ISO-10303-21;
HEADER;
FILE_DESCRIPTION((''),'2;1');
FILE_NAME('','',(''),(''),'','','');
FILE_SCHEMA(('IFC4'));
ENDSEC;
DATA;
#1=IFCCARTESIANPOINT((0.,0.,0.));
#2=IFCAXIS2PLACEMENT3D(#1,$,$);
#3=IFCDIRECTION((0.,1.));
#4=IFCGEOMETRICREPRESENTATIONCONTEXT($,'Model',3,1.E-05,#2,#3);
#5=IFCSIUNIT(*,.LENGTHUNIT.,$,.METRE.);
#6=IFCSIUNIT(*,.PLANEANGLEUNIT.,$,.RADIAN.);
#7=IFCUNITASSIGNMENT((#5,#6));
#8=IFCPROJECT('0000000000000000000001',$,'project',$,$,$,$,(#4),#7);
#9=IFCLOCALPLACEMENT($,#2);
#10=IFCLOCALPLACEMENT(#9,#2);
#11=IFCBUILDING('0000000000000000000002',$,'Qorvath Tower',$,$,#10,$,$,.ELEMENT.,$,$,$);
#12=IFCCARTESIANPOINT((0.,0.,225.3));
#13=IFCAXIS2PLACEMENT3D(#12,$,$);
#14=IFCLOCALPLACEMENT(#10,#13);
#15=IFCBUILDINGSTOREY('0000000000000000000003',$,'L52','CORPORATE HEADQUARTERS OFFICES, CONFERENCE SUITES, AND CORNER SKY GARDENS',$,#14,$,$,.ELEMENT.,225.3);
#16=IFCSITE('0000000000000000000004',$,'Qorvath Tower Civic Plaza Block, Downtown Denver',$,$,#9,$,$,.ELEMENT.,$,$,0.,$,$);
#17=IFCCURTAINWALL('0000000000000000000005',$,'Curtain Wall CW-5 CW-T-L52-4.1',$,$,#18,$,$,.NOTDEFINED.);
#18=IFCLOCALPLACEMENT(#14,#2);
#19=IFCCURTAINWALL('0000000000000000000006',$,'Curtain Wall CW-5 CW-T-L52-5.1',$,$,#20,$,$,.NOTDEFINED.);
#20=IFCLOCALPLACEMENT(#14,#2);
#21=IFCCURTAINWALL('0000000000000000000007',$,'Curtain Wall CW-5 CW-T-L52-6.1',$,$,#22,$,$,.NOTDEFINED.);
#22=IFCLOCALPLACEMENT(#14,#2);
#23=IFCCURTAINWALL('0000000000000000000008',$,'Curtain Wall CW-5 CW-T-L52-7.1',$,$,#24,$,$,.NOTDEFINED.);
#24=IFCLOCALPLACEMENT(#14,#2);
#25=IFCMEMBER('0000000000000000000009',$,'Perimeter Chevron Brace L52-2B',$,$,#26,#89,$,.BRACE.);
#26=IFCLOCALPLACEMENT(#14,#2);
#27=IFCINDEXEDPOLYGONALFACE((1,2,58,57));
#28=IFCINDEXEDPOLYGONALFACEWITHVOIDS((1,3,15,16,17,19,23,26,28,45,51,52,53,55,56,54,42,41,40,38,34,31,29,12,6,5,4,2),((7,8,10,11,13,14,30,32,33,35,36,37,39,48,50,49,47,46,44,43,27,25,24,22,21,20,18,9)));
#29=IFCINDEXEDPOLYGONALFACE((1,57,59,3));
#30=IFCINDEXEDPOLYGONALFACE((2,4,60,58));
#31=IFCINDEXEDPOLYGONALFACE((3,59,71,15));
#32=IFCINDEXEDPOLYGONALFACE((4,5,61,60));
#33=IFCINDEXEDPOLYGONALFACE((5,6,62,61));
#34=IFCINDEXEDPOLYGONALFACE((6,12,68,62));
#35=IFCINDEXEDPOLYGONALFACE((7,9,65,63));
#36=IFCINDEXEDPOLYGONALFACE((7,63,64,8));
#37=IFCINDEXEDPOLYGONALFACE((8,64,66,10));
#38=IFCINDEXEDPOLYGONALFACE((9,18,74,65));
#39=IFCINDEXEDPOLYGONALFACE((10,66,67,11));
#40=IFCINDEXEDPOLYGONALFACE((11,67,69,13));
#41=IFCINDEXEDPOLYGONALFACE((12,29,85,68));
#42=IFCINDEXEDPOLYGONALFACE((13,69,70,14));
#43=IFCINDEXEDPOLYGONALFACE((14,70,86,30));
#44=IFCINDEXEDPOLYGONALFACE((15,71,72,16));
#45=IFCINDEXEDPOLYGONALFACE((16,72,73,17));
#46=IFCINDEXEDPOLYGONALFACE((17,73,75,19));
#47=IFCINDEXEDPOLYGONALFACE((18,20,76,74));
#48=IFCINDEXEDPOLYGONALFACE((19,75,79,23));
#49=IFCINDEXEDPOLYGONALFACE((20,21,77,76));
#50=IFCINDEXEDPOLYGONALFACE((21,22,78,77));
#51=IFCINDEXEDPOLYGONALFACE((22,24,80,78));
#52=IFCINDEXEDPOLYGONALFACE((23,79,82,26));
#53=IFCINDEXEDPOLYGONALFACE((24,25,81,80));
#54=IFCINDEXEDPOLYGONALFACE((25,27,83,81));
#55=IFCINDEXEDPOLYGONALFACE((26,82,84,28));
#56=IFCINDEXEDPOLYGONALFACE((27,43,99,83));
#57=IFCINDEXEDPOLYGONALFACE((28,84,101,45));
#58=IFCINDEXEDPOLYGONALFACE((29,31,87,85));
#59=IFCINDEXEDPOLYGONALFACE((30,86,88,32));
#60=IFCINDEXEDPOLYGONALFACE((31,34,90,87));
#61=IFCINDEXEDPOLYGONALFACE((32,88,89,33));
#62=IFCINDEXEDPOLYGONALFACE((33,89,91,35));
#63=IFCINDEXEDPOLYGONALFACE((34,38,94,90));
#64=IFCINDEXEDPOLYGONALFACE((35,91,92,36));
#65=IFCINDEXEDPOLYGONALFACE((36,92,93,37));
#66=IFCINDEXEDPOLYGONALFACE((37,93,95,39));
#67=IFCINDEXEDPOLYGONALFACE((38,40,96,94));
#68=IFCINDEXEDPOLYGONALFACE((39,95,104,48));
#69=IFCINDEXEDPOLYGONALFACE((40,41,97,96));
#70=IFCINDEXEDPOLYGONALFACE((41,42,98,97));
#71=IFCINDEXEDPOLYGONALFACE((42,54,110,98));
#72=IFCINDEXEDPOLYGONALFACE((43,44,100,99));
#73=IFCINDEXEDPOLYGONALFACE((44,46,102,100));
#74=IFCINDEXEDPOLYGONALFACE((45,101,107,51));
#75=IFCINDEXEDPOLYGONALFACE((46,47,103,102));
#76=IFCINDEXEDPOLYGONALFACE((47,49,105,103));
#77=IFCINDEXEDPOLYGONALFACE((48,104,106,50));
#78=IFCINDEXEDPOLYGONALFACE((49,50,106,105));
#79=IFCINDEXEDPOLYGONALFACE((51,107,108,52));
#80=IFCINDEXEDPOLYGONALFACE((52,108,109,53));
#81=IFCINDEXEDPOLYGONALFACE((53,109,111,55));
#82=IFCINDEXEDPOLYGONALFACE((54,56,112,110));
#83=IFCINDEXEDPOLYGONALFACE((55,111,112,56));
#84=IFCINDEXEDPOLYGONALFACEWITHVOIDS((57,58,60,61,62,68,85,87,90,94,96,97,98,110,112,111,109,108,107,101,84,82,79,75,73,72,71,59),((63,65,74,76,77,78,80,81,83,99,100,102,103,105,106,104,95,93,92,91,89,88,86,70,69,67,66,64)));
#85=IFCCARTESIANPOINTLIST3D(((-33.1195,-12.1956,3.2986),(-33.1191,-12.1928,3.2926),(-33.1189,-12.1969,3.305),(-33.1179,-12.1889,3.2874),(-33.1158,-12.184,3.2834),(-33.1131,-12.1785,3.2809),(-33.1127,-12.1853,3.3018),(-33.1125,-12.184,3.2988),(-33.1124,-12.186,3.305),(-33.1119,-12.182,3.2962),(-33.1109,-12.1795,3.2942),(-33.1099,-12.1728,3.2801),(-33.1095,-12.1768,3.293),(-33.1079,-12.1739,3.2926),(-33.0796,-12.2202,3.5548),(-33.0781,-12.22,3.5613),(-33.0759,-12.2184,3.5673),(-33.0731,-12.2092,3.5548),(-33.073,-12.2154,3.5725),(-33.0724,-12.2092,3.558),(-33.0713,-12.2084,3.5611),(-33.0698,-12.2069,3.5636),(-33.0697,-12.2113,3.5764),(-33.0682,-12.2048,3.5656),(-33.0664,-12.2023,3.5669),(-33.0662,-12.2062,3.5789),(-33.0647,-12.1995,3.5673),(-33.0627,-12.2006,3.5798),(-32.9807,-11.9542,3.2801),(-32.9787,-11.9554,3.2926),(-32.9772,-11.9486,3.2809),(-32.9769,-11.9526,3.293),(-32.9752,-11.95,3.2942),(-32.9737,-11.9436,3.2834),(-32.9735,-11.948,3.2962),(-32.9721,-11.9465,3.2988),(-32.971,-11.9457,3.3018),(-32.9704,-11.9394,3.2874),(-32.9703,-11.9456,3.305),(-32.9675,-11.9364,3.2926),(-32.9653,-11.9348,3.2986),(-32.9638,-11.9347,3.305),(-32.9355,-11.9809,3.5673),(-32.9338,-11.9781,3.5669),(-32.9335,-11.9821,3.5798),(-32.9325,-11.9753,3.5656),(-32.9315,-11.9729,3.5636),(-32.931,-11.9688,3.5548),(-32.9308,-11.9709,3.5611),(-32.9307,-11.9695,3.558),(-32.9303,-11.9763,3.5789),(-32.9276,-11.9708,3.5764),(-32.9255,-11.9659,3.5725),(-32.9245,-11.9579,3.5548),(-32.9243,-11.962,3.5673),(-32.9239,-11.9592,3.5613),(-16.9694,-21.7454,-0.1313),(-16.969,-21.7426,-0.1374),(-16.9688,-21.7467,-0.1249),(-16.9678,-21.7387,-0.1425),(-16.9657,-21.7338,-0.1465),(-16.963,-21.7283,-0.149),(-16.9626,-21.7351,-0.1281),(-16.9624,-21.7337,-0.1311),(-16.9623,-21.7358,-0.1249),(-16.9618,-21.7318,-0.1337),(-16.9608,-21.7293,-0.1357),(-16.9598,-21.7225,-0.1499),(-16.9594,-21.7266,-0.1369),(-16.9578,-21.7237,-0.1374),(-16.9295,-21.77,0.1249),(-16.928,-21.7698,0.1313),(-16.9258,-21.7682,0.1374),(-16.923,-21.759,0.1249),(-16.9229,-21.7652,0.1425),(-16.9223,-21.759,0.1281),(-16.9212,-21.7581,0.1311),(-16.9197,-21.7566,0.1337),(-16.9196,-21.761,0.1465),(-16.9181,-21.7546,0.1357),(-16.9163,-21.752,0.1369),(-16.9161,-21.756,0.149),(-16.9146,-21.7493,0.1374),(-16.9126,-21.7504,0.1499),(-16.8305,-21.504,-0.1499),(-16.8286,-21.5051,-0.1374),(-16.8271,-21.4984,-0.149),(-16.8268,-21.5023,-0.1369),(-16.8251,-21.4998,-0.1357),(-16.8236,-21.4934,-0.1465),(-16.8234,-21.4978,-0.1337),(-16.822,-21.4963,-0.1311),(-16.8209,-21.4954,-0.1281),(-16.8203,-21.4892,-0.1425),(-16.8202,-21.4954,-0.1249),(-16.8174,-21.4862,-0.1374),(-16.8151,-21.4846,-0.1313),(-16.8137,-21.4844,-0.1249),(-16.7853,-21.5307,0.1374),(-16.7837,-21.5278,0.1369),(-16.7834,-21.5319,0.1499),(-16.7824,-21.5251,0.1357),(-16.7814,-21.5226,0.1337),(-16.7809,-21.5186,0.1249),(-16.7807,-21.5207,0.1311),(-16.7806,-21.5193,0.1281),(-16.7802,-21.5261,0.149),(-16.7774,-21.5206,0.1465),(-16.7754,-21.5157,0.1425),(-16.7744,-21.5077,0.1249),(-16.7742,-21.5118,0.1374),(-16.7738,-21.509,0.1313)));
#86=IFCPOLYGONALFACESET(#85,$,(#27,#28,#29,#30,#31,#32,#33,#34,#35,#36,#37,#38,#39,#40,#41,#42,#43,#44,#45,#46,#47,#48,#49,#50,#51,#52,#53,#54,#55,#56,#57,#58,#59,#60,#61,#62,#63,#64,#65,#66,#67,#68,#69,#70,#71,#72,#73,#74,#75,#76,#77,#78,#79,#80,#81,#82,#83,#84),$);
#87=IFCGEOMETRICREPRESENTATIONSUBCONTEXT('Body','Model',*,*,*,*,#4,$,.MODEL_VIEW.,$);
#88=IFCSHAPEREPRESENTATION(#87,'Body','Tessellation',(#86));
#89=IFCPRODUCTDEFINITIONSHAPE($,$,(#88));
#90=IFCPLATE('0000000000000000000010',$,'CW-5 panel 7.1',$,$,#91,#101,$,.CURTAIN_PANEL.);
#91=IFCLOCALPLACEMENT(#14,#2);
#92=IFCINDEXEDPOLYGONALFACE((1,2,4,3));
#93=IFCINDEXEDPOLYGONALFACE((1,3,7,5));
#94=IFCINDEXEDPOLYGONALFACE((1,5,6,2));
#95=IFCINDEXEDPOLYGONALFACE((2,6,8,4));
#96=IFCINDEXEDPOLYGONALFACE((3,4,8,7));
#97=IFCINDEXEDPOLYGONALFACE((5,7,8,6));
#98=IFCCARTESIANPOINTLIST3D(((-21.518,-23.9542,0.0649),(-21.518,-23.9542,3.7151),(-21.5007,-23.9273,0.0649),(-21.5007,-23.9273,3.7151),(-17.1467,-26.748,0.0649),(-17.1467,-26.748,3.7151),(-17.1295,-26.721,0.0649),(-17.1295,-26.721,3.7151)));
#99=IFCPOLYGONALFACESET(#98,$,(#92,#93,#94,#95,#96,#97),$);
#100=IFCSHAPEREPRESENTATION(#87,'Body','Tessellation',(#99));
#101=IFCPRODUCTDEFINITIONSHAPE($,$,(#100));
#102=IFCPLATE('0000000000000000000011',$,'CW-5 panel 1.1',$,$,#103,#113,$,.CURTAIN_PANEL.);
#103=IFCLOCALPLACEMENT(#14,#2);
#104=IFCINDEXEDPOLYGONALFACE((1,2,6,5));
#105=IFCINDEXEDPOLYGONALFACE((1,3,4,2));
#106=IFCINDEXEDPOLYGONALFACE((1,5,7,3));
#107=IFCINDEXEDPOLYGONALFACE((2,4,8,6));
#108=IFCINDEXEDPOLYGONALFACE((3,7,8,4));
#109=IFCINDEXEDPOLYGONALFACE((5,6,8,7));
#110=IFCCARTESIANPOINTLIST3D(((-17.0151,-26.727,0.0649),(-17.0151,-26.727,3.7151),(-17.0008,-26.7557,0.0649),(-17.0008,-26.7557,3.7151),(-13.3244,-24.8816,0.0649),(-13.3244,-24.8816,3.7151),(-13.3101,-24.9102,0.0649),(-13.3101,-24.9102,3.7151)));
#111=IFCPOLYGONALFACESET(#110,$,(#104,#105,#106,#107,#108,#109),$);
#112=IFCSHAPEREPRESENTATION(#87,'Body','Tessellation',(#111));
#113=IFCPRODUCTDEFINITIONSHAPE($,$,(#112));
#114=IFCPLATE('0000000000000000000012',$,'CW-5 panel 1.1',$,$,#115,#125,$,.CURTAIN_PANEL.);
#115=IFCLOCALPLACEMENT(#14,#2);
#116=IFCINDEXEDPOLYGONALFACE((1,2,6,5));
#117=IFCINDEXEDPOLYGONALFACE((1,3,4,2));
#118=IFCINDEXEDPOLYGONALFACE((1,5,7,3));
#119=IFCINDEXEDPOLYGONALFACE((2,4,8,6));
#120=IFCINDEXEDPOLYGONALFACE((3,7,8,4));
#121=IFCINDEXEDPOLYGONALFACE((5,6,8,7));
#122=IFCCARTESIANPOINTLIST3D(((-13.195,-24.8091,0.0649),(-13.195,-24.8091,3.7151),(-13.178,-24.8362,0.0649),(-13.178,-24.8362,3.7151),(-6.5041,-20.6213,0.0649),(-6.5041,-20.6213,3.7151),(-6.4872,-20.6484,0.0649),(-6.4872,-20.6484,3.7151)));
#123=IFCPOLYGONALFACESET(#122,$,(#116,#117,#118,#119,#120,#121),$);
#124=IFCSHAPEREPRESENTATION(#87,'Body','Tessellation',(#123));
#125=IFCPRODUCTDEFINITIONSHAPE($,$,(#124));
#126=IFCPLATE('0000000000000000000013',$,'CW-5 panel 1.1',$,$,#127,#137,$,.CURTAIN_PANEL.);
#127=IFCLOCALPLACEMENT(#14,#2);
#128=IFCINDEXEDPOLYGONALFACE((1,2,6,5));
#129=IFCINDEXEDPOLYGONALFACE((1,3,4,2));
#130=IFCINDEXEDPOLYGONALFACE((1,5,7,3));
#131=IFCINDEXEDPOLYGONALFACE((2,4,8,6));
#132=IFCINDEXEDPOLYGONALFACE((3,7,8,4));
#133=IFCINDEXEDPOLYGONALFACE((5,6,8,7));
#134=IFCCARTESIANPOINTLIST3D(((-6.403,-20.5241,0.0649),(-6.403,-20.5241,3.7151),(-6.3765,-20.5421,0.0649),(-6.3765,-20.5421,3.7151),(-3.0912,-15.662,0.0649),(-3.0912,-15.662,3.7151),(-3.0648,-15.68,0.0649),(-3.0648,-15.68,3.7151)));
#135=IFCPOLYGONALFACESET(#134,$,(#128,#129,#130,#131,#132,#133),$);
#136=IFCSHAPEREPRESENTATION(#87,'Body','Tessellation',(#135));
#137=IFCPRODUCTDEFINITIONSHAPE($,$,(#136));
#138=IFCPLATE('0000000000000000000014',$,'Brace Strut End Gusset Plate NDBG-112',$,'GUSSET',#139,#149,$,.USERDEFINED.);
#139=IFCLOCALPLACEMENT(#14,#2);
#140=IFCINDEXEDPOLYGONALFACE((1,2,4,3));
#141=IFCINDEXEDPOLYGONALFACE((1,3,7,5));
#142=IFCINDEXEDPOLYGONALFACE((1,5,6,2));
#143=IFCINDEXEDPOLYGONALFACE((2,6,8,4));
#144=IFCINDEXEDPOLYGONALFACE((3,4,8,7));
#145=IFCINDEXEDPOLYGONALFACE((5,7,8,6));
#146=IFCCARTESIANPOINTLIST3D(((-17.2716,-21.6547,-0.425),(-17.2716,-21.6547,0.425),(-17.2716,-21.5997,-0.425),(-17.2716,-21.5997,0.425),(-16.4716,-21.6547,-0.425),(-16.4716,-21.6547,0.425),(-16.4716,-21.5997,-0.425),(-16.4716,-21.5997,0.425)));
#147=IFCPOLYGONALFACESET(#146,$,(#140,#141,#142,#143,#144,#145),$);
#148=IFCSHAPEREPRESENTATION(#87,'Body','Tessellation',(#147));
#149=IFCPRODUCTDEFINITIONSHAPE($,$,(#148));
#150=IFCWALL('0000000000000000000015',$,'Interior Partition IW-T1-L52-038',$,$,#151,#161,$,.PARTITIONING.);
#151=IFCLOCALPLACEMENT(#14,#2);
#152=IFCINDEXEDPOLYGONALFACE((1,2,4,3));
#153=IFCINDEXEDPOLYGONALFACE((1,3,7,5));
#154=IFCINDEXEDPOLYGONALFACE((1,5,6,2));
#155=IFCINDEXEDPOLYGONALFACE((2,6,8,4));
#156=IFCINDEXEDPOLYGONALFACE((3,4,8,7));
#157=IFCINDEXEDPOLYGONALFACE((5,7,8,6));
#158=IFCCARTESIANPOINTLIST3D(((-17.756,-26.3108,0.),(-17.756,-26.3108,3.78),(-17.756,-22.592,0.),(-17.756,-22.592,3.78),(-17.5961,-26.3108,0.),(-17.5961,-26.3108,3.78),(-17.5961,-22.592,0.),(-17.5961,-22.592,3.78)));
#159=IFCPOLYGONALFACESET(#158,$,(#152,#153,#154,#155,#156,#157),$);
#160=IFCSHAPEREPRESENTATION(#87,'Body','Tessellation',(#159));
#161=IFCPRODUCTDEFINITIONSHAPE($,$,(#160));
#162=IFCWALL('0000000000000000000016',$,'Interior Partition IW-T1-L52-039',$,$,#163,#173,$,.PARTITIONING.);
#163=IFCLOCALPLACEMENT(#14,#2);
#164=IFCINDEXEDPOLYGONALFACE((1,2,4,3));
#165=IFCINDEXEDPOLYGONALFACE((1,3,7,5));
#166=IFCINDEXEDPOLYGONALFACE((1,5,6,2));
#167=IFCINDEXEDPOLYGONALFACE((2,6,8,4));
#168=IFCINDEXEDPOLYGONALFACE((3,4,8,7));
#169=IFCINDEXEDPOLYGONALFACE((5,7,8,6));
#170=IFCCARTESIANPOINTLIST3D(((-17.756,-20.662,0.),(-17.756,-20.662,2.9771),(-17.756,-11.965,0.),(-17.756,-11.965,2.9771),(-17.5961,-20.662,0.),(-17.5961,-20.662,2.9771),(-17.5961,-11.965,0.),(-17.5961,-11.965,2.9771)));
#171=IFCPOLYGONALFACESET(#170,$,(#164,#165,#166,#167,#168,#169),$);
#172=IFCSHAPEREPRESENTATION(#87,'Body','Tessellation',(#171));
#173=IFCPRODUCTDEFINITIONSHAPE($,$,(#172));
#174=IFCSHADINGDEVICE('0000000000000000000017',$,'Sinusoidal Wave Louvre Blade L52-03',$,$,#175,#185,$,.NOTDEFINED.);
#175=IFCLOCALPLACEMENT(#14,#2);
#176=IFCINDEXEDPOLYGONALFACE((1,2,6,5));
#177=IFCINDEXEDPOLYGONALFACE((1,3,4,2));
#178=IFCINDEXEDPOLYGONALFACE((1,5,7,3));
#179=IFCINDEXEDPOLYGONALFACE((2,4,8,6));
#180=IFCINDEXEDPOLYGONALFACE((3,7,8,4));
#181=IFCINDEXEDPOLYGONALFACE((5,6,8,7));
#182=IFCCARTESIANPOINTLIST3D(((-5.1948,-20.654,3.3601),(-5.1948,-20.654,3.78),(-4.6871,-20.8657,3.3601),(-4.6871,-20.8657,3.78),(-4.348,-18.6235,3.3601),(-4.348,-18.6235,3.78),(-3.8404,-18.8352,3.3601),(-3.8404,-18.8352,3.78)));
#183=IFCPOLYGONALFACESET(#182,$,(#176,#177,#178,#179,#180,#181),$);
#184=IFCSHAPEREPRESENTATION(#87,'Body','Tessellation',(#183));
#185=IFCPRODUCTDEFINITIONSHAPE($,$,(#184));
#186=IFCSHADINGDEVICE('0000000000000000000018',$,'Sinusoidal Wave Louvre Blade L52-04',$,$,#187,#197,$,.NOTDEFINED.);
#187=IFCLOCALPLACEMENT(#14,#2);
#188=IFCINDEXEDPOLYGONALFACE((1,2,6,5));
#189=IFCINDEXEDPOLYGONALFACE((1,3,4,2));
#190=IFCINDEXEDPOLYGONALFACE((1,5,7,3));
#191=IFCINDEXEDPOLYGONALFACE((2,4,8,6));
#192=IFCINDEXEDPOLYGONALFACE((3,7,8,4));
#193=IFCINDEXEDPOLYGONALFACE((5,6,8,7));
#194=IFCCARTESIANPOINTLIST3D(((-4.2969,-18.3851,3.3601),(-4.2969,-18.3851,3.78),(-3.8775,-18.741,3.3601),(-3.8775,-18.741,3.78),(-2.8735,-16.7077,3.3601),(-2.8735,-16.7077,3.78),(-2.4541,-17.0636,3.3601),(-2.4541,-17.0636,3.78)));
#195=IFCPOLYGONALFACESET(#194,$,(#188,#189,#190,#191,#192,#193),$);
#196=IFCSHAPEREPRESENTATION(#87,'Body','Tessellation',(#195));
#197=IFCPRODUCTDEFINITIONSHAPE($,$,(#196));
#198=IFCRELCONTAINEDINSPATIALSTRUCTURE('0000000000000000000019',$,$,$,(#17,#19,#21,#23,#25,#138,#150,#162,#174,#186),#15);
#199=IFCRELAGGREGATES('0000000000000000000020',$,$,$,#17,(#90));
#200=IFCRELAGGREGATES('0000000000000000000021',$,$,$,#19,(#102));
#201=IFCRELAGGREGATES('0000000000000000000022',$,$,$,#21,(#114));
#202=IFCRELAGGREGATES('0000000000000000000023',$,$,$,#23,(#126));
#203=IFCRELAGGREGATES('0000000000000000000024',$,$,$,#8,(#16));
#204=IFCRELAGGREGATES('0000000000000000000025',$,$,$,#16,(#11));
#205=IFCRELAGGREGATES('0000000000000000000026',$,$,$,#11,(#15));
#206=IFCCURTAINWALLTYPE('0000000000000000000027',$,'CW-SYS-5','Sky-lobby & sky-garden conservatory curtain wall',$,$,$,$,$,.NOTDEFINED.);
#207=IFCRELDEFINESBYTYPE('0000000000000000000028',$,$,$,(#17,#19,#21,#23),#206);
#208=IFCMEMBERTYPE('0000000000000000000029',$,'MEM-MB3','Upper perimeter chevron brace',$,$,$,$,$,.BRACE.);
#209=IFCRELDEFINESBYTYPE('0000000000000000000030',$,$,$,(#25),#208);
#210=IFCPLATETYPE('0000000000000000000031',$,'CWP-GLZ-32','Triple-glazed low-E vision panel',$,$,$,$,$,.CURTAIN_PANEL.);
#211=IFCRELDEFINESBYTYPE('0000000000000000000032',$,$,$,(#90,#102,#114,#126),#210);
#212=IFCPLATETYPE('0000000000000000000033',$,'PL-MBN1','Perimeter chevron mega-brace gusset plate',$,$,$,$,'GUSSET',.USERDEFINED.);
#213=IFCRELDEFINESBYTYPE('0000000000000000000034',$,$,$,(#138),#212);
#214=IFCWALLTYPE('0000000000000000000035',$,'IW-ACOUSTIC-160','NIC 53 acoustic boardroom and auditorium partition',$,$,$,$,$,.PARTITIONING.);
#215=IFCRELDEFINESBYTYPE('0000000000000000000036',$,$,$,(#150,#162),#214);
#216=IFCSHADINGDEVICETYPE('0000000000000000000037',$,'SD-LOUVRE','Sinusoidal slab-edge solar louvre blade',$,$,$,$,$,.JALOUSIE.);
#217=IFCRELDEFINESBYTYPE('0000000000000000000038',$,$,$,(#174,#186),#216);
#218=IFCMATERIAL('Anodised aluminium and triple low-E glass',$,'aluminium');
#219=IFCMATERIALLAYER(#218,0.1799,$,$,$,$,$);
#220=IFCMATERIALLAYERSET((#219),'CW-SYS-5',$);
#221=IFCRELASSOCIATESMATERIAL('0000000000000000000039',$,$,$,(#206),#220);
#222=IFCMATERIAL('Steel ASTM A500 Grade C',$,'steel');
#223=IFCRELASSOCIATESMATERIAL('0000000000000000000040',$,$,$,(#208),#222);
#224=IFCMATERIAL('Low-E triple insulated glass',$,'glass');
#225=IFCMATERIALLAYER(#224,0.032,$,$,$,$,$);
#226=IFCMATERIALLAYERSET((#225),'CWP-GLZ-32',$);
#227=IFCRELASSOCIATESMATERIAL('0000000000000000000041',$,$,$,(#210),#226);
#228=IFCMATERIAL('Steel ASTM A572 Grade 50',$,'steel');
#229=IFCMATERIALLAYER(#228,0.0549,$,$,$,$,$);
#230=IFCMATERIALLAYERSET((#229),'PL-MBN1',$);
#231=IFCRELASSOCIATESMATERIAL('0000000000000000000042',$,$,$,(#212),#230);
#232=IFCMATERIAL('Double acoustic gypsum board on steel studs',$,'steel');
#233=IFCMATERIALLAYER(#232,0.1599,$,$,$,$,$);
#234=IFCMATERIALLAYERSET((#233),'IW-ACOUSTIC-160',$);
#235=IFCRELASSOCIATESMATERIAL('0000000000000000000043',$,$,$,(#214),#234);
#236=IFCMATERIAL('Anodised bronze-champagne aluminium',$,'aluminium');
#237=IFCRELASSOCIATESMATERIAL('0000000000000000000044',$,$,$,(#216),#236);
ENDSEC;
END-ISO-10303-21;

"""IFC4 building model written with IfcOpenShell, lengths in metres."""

from ifc_helpers import new_model, si_unit, direction, frame, frame_2d, origin, origin_2d, place, context, subcontext, project, spatial, rectangle, hollow_rectangle, extrude, material, layer, layer_set, material_profile, profile_set, type_object, element, aggregate, save


model = new_model("IFC4")

# Units and contexts
model_context = context("Model", 3, precision=1e-05, world=origin(), true_north=direction((0.0, 1.0)))
body_context = subcontext(model_context, "Body", "Model", "MODEL_VIEW")
ifc_project = project(units=[si_unit("LENGTHUNIT", "METRE"), si_unit("PLANEANGLEUNIT", "RADIAN")], contexts=[model_context])

# Site, building, storey
site_placement = place(None, origin())
site = spatial("IfcSite", under=ifc_project, at=site_placement, Name="Qorvath Tower Civic Plaza Block, Downtown Denver", CompositionType="ELEMENT", RefElevation=0.0)
building_placement = place(site_placement, origin())
building = spatial("IfcBuilding", under=site, at=building_placement, Name="Qorvath Tower", CompositionType="ELEMENT")
storey_placement = place(building_placement, frame((0.0, 0.0, 225.3)))
storey = spatial("IfcBuildingStorey", under=building, at=storey_placement, Name="L52", Description="CORPORATE HEADQUARTERS OFFICES, CONFERENCE SUITES, AND CORNER SKY GARDENS", CompositionType="ELEMENT", Elevation=225.3)

# Curtain wall
ifc_material_1 = material(Name="Anodised aluminium and triple low-E glass", Category="aluminium")
ifc_layer_1 = layer(ifc_material_1, 0.1799)
ifc_layer_set_1 = layer_set([ifc_layer_1], Name="CW-SYS-5")
curtain_wall_type = type_object("IfcCurtainWallType", Name="CW-SYS-5", Description="Sky-lobby & sky-garden conservatory curtain wall", PredefinedType="NOTDEFINED", material=ifc_layer_set_1)
curtain_wall_1_placement = place(storey_placement, origin())
curtain_wall_1 = element("IfcCurtainWall", 1, at=curtain_wall_1_placement, inside=storey, type_object=curtain_wall_type, Name="Curtain Wall CW-5 CW-T-L52-4.1", PredefinedType="NOTDEFINED")

# Curtain walls
curtain_wall_2_placement = place(storey_placement, origin())
curtain_wall_2 = element("IfcCurtainWall", 2, at=curtain_wall_2_placement, inside=storey, type_object=curtain_wall_type, Name="Curtain Wall CW-5 CW-T-L52-5.1", PredefinedType="NOTDEFINED")
curtain_wall_3_placement = place(storey_placement, origin())
curtain_wall_3 = element("IfcCurtainWall", 3, at=curtain_wall_3_placement, inside=storey, type_object=curtain_wall_type, Name="Curtain Wall CW-5 CW-T-L52-6.1", PredefinedType="NOTDEFINED")

# Curtain wall
curtain_wall_4_placement = place(storey_placement, origin())
curtain_wall_4 = element("IfcCurtainWall", 4, at=curtain_wall_4_placement, inside=storey, type_object=curtain_wall_type, Name="Curtain Wall CW-5 CW-T-L52-7.1", PredefinedType="NOTDEFINED")

# Member
ifc_material_2 = material(Name="Steel ASTM A500 Grade C", Category="steel")
ifc_material_profile_1 = material_profile(ifc_material_2, hollow_rectangle(XDim=0.3047, YDim=0.3047, WallThickness=0.0127, InnerFilletRadius=0.0127, OuterFilletRadius=0.0254, at=origin_2d()), Name="HSS 305x305x12.7")
ifc_profile_set_1 = profile_set([ifc_material_profile_1], Name="Steel ASTM A500 Grade C")
member_type_1 = type_object("IfcMemberType", Name="MEM-MB3", Description="Upper perimeter chevron brace", PredefinedType="BRACE", material=ifc_profile_set_1)
member_1_placement = place(storey_placement, frame((-16.8716, -21.6272, 0.0), z_axis=(-0.846741, 0.50069, 0.179829), x_axis=(-0.508988, -0.860774, 0.0)))
element("IfcMember", 5, at=member_1_placement, inside=storey, type_object=member_type_1, Name="Perimeter Chevron Brace L52-2B", PredefinedType="BRACE", context=body_context, shape_type="SweptSolid", body=[
    extrude(hollow_rectangle(XDim=0.3047, YDim=0.3047, WallThickness=0.0127, InnerFilletRadius=0.0127, OuterFilletRadius=0.0254, at=origin_2d()), origin(), (0.0, 0.0, 1.0), 19.0732),
])

# Plates
ifc_material_3 = material(Name="Low-E triple insulated glass", Category="glass")
ifc_layer_2 = layer(ifc_material_3, 0.032)
ifc_layer_set_2 = layer_set([ifc_layer_2], Name="CWP-GLZ-32")
plate_type_1 = type_object("IfcPlateType", Name="CWP-GLZ-32", Description="Triple-glazed low-E vision panel", PredefinedType="CURTAIN_PANEL", material=ifc_layer_set_2)
plate_1_placement = place(storey_placement, frame((-19.3237, -25.3376, 0.0649), z_axis=(0.0, 0.0, 1.0), x_axis=(0.842607, -0.538529, 0.0)))
plate_1 = element("IfcPlate", 6, at=plate_1_placement, type_object=plate_type_1, Name="CW-5 panel 7.1", PredefinedType="CURTAIN_PANEL", context=body_context, shape_type="SweptSolid", body=[
    extrude(rectangle(XDim=5.1877, YDim=0.032, at=origin_2d()), origin(), (0.0, 0.0, 1.0), 3.6501),
])
aggregate(curtain_wall_1, [plate_1])
plate_2_placement = place(storey_placement, frame((-15.1626, -25.8186, 0.0649), z_axis=(0.0, 0.0, 1.0), x_axis=(0.894418, 0.447232, 0.0)))
plate_2 = element("IfcPlate", 7, at=plate_2_placement, type_object=plate_type_1, Name="CW-5 panel 1.1", PredefinedType="CURTAIN_PANEL", context=body_context, shape_type="SweptSolid", body=[
    extrude(rectangle(XDim=4.1265, YDim=0.032, at=origin_2d()), origin(), (0.0, 0.0, 1.0), 3.6501),
])
aggregate(curtain_wall_2, [plate_2])
plate_3_placement = place(storey_placement, frame((-9.8411, -22.7288, 0.0649), z_axis=(0.0, 0.0, 1.0), x_axis=(0.847657, 0.530545, 0.0)))
plate_3 = element("IfcPlate", 8, at=plate_3_placement, type_object=plate_type_1, Name="CW-5 panel 1.1", PredefinedType="CURTAIN_PANEL", context=body_context, shape_type="SweptSolid", body=[
    extrude(rectangle(XDim=7.8933, YDim=0.032, at=origin_2d()), origin(), (0.0, 0.0, 1.0), 3.6501),
])
aggregate(curtain_wall_3, [plate_3])
plate_4_placement = place(storey_placement, frame((-4.7339, -18.1021, 0.0649), z_axis=(0.0, 0.0, 1.0), x_axis=(0.56295, 0.826491, 0.0)))
plate_4 = element("IfcPlate", 9, at=plate_4_placement, type_object=plate_type_1, Name="CW-5 panel 1.1", PredefinedType="CURTAIN_PANEL", context=body_context, shape_type="SweptSolid", body=[
    extrude(rectangle(XDim=5.8828, YDim=0.032, at=origin_2d()), origin(), (0.0, 0.0, 1.0), 3.6501),
])
aggregate(curtain_wall_4, [plate_4])
ifc_material_4 = material(Name="Steel ASTM A572 Grade 50", Category="steel")
ifc_layer_3 = layer(ifc_material_4, 0.0549)
ifc_layer_set_3 = layer_set([ifc_layer_3], Name="PL-MBN1")
plate_type_2 = type_object("IfcPlateType", Name="PL-MBN1", Description="Perimeter chevron mega-brace gusset plate", ElementType="GUSSET", PredefinedType="USERDEFINED", material=ifc_layer_set_3)
plate_5_placement = place(storey_placement, frame((-16.8716, -21.6272, -0.425), z_axis=(0.0, 0.0, 1.0), x_axis=(1.0, 0.0, 0.0)))
element("IfcPlate", 10, at=plate_5_placement, inside=storey, type_object=plate_type_2, Name="Brace Strut End Gusset Plate NDBG-112", ObjectType="GUSSET", PredefinedType="USERDEFINED", context=body_context, shape_type="SweptSolid", body=[
    extrude(rectangle(XDim=0.8, YDim=0.0549, at=origin_2d()), origin(), (0.0, 0.0, 1.0), 0.8501),
])

# Walls
ifc_material_5 = material(Name="Double acoustic gypsum board on steel studs", Category="steel")
ifc_layer_4 = layer(ifc_material_5, 0.1599)
ifc_layer_set_4 = layer_set([ifc_layer_4], Name="IW-ACOUSTIC-160")
wall_type = type_object("IfcWallType", Name="IW-ACOUSTIC-160", Description="NIC 53 acoustic boardroom and auditorium partition", PredefinedType="PARTITIONING", material=ifc_layer_set_4)
wall_1_placement = place(storey_placement, frame((-17.676, -26.3108, 0.0), z_axis=(0.0, 0.0, 1.0), x_axis=(0.0, 1.0, 0.0)))
element("IfcWall", 11, at=wall_1_placement, inside=storey, type_object=wall_type, Name="Interior Partition IW-T1-L52-038", PredefinedType="PARTITIONING", context=body_context, shape_type="SweptSolid", body=[
    extrude(rectangle(XDim=3.7188, YDim=0.1599, at=frame_2d((1.8594, 0.0))), origin(), (0.0, 0.0, 1.0), 3.78),
])
wall_2_placement = place(storey_placement, frame((-17.676, -20.6621, 0.0), z_axis=(0.0, 0.0, 1.0), x_axis=(0.0, 1.0, 0.0)))
element("IfcWall", 12, at=wall_2_placement, inside=storey, type_object=wall_type, Name="Interior Partition IW-T1-L52-039", PredefinedType="PARTITIONING", context=body_context, shape_type="SweptSolid", body=[
    extrude(rectangle(XDim=8.697, YDim=0.1599, at=frame_2d((4.3486, 0.0))), origin(), (0.0, 0.0, 1.0), 2.9771),
])

# Shading devices
ifc_material_6 = material(Name="Anodised bronze-champagne aluminium", Category="aluminium")
shading_device_type = type_object("IfcShadingDeviceType", Name="SD-LOUVRE", Description="Sinusoidal slab-edge solar louvre blade", PredefinedType="JALOUSIE", material=ifc_material_6)
for number, where, z_axis, x_axis, name in (
    (13, (-4.5176, -19.7446, 3.3601), (0.0, 0.0, 1.0), (0.384891, 0.922962, 0.0), "Sinusoidal Wave Louvre Blade L52-03"),
    (14, (-3.3755, -17.7244, 3.3601), (0.0, 0.0, 1.0), (0.647031, 0.762464, 0.0), "Sinusoidal Wave Louvre Blade L52-04"),
):
    element("IfcShadingDevice", number, at=place(storey_placement, frame(where, z_axis=z_axis, x_axis=x_axis)), inside=storey, type_object=shading_device_type, Name=name, PredefinedType="NOTDEFINED", context=body_context, shape_type="SweptSolid", body=[
        extrude(rectangle(XDim=2.2, YDim=0.55, at=origin_2d()), origin(), (0.0, 0.0, 1.0), 0.4199),
    ])

save(model, "model.ifc")
